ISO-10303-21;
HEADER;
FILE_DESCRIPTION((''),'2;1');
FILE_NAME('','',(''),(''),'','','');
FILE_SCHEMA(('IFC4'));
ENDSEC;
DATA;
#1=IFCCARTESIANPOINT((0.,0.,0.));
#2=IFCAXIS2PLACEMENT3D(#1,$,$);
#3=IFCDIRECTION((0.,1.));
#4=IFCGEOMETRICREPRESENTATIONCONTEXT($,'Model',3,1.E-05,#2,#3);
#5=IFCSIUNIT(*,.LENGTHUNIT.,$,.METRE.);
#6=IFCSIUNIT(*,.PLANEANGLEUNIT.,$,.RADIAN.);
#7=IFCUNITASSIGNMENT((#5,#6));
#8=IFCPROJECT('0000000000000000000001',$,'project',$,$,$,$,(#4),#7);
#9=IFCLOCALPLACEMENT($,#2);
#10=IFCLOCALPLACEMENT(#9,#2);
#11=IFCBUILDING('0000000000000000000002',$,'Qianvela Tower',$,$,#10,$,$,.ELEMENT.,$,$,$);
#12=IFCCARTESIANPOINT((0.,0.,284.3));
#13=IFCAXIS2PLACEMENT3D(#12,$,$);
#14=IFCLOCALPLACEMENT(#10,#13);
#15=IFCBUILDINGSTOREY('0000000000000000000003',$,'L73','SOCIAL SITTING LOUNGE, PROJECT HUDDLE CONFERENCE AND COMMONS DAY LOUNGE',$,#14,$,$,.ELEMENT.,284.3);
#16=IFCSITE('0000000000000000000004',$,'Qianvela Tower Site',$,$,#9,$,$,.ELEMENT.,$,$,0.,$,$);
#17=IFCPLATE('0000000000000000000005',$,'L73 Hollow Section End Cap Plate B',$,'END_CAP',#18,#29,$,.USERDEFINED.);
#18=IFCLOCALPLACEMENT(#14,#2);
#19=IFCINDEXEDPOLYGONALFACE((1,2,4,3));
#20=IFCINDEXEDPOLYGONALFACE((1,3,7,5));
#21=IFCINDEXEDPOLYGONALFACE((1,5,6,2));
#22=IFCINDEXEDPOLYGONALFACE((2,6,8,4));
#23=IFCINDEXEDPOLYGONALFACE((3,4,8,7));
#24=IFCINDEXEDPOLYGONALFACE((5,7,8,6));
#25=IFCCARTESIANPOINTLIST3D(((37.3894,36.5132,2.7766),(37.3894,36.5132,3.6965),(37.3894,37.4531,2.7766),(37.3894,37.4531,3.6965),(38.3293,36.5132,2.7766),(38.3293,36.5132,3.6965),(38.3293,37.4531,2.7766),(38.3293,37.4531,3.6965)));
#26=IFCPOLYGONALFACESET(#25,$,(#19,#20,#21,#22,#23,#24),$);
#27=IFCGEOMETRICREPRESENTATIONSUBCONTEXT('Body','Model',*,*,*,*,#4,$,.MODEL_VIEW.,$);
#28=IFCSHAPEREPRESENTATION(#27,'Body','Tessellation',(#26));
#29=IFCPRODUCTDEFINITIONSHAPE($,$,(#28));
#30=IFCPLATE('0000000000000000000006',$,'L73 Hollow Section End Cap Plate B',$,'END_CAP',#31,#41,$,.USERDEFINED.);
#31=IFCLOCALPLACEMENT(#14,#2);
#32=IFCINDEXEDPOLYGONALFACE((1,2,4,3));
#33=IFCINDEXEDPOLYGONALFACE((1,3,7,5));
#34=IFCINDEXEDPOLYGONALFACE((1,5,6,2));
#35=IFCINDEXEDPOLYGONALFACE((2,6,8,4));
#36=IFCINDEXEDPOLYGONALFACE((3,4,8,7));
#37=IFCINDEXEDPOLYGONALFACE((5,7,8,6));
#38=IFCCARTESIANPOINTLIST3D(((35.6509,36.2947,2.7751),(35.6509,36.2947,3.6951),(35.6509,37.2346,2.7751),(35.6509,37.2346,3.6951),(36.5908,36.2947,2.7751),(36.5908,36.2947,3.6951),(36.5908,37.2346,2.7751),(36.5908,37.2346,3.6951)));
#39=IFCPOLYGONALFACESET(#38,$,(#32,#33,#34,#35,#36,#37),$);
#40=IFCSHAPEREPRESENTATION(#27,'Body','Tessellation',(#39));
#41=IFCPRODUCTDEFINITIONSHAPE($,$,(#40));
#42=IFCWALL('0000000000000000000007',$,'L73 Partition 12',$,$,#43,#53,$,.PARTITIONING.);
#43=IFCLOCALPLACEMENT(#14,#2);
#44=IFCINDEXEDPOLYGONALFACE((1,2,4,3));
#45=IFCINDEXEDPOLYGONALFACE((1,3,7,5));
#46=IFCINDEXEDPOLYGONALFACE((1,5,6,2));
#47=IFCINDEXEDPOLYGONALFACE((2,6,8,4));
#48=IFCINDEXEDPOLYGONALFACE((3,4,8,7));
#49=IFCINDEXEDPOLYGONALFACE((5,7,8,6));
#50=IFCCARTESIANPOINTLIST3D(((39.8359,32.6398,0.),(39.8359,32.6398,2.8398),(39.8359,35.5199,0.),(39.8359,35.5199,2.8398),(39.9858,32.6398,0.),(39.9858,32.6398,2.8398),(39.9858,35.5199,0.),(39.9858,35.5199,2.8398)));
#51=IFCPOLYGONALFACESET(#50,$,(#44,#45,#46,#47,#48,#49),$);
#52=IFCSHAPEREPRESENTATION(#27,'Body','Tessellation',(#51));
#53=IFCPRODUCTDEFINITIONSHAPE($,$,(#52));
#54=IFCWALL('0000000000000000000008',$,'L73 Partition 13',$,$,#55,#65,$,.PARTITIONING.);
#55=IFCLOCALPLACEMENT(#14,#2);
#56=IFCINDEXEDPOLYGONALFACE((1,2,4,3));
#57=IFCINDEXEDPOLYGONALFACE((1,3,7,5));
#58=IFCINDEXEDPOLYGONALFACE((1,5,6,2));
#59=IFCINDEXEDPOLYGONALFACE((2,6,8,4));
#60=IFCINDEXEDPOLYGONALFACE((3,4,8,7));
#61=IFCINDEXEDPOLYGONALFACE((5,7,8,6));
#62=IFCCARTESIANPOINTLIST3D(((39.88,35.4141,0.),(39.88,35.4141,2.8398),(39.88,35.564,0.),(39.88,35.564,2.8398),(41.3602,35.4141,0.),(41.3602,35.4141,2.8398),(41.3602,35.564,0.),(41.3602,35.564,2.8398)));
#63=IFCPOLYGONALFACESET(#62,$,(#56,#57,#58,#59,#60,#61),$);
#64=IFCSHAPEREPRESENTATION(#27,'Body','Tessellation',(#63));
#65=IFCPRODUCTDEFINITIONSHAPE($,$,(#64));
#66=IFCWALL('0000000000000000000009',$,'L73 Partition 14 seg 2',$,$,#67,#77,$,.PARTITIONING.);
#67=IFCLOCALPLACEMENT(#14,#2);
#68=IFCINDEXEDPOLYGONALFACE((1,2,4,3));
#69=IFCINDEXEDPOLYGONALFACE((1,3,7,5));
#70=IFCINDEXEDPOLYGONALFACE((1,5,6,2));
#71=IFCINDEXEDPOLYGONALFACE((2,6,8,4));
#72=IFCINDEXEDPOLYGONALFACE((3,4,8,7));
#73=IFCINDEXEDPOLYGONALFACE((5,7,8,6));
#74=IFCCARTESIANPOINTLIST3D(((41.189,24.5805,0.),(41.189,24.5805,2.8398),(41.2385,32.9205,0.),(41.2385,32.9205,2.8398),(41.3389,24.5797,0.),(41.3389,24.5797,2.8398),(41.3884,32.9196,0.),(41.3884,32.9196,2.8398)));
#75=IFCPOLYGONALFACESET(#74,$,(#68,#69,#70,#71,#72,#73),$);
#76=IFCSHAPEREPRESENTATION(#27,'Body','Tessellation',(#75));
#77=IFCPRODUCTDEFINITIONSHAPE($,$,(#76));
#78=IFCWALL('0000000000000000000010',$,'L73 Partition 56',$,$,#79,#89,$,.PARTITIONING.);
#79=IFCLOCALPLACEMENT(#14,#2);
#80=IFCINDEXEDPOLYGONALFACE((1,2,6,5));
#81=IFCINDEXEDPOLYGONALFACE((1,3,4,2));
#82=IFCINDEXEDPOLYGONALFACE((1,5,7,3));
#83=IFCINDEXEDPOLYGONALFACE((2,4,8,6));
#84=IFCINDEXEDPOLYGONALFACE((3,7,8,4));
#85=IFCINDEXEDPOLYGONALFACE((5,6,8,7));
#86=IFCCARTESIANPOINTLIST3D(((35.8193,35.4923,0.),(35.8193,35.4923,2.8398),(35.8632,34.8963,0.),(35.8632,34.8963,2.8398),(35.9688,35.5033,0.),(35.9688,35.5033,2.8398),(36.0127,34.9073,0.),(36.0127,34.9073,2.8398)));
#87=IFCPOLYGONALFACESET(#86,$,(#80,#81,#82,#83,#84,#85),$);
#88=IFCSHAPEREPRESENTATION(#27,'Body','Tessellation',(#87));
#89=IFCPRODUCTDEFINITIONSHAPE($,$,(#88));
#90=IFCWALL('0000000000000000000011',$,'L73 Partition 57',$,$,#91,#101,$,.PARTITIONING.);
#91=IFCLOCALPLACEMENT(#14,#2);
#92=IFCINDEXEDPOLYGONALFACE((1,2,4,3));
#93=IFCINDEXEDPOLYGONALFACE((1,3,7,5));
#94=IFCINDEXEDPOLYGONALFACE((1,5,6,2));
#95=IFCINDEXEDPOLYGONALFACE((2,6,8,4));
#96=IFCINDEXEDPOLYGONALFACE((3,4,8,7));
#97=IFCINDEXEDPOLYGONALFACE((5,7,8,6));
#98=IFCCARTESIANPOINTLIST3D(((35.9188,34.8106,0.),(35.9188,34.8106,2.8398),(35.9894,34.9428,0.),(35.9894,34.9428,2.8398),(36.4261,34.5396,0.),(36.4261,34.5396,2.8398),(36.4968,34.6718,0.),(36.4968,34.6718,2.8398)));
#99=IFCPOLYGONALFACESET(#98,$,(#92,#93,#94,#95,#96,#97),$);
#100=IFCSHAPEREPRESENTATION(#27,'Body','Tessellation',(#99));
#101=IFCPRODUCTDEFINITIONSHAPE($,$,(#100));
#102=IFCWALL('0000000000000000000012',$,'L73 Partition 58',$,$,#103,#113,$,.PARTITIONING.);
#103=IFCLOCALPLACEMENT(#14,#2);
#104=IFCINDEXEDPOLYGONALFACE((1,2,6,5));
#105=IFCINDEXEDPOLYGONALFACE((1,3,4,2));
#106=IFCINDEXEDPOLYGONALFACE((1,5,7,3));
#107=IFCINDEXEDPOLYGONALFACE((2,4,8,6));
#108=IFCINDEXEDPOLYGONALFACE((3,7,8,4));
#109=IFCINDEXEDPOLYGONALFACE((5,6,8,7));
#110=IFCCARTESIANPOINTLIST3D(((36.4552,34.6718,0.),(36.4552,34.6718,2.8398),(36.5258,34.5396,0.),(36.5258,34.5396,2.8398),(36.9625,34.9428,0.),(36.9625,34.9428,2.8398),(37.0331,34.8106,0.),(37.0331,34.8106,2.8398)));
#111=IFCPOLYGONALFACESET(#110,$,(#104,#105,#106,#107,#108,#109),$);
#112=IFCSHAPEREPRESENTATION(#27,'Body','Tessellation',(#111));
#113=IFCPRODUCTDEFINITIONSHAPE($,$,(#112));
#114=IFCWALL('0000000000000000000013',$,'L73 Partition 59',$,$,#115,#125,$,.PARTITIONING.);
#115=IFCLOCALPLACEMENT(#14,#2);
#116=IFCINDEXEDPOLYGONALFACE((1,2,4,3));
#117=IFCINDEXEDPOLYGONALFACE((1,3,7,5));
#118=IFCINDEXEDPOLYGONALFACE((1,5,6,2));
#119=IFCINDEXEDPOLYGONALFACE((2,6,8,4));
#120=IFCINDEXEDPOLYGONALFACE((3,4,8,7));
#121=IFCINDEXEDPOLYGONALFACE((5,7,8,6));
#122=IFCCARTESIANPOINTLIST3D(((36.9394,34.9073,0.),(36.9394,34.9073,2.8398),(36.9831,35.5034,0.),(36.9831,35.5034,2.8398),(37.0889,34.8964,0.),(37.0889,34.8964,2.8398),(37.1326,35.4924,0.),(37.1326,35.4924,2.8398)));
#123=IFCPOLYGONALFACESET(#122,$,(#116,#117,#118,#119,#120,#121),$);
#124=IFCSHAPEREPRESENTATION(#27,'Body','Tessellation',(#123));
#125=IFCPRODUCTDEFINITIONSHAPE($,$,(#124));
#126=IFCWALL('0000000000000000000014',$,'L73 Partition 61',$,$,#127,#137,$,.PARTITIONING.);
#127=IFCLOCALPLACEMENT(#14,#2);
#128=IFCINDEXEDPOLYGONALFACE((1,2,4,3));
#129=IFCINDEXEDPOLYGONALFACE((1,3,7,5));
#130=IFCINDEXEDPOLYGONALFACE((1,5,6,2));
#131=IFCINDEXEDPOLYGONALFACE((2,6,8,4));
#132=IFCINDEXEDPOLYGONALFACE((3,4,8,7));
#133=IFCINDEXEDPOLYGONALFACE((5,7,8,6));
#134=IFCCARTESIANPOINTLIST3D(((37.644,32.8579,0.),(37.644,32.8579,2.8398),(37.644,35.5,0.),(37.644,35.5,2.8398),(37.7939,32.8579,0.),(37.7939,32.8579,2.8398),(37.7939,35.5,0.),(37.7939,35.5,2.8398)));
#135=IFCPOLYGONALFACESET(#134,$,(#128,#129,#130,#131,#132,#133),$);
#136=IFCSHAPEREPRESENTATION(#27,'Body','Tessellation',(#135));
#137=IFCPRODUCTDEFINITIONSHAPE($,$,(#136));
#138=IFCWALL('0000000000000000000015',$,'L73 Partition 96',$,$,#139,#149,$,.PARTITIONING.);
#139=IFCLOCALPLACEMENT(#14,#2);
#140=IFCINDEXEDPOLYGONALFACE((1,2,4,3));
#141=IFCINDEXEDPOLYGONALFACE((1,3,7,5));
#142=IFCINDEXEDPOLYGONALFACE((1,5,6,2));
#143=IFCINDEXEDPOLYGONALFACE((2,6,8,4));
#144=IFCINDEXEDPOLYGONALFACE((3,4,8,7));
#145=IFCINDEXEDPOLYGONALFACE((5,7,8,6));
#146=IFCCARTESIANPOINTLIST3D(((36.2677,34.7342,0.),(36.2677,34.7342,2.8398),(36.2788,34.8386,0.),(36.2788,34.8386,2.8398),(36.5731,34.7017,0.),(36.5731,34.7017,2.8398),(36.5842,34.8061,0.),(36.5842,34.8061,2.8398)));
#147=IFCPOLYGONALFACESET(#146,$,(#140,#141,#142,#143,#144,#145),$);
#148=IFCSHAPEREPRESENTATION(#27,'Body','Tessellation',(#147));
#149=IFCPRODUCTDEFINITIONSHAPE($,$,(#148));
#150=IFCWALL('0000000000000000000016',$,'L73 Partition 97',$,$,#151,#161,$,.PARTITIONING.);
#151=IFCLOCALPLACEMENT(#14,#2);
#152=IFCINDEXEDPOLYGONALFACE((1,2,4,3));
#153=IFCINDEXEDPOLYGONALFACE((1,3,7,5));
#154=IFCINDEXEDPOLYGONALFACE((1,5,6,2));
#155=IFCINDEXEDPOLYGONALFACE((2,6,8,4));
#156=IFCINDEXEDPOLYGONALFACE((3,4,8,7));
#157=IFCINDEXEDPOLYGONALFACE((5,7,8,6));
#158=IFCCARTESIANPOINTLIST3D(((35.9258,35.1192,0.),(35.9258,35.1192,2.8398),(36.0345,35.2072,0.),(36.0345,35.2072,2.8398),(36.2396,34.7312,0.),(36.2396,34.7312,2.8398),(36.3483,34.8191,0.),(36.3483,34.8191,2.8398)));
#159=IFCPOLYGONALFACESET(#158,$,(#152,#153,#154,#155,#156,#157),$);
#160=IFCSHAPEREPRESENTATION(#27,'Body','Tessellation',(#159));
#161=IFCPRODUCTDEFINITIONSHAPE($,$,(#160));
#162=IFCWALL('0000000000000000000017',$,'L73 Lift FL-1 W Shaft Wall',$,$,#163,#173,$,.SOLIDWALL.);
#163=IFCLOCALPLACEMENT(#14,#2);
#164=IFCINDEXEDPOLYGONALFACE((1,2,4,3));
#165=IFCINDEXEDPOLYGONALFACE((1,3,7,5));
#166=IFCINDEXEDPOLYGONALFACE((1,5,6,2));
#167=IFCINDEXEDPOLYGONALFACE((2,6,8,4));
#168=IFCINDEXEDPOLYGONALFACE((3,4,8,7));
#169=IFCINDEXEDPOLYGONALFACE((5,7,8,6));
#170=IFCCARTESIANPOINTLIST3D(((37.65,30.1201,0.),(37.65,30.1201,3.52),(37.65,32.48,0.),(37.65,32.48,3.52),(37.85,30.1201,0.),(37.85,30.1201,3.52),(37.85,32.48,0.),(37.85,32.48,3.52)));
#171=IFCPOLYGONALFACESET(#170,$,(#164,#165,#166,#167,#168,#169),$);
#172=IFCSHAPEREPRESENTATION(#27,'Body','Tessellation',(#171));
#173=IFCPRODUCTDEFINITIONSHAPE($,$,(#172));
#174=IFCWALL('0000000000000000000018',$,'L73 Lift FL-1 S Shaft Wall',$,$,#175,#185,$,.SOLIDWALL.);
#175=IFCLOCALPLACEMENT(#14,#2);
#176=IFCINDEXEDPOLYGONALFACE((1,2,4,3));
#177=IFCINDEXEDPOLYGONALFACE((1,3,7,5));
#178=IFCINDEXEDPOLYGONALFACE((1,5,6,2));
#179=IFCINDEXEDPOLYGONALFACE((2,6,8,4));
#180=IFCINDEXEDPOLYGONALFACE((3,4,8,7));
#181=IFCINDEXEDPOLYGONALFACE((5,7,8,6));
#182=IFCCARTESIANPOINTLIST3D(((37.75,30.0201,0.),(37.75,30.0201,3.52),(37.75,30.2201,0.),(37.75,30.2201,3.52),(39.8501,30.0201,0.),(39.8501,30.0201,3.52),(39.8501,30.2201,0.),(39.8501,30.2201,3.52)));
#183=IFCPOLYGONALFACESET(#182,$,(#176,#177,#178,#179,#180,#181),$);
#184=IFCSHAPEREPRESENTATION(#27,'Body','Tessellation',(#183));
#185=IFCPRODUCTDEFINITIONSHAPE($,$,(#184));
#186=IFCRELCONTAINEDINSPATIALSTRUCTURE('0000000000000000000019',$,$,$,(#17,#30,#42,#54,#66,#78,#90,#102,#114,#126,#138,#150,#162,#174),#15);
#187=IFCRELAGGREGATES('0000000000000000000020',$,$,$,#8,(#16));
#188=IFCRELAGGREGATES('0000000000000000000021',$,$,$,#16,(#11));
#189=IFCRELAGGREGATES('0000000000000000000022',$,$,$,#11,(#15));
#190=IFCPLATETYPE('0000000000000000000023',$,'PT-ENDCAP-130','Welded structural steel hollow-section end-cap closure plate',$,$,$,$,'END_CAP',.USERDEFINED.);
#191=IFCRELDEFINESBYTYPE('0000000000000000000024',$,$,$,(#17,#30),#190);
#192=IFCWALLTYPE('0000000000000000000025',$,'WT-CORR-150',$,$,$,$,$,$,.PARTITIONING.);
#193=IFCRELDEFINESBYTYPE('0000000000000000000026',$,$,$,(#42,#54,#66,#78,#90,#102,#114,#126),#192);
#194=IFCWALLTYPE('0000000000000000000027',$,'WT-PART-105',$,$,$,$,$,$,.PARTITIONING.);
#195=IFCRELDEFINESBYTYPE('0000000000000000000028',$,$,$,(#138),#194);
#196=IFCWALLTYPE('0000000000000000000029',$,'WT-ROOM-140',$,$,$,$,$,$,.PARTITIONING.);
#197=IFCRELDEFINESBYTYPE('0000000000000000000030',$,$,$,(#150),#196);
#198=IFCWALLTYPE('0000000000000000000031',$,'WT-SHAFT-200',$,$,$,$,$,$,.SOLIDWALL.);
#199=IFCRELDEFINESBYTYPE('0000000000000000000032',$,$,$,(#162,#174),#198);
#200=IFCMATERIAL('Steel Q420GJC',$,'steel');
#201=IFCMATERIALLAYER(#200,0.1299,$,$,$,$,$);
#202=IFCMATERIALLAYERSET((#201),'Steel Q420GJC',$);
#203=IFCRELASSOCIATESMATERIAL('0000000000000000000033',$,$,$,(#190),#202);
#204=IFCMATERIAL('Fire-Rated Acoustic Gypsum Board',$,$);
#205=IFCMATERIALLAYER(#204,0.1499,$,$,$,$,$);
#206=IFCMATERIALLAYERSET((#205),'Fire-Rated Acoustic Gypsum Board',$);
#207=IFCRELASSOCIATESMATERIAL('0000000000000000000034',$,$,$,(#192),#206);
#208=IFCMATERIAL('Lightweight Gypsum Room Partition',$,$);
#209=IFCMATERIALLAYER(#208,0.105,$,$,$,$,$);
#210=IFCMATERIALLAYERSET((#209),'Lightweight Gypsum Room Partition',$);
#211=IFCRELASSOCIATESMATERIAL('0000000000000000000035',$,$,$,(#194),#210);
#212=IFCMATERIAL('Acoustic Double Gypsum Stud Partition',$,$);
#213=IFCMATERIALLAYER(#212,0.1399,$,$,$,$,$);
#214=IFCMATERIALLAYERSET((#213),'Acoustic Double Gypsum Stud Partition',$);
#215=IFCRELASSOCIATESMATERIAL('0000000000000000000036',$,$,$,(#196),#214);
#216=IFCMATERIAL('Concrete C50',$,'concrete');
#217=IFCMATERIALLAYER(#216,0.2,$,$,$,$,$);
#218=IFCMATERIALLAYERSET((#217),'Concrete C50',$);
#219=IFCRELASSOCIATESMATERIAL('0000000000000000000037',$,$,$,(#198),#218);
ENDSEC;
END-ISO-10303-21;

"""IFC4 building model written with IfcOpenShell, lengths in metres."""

from ifc_helpers import new_model, si_unit, direction, frame, frame_2d, origin, origin_2d, place, context, subcontext, project, spatial, rectangle, extrude, material, layer, layer_set, type_object, element, save


model = new_model("IFC4")

# Units and contexts
model_context = context("Model", 3, precision=1e-05, world=origin(), true_north=direction((0.0, 1.0)))
body_context = subcontext(model_context, "Body", "Model", "MODEL_VIEW")
ifc_project = project(units=[si_unit("LENGTHUNIT", "METRE"), si_unit("PLANEANGLEUNIT", "RADIAN")], contexts=[model_context])

# Site, building, storey
site_placement = place(None, origin())
site = spatial("IfcSite", under=ifc_project, at=site_placement, Name="Qianvela Tower Site", CompositionType="ELEMENT", RefElevation=0.0)
building_placement = place(site_placement, origin())
building = spatial("IfcBuilding", under=site, at=building_placement, Name="Qianvela Tower", CompositionType="ELEMENT")
storey_placement = place(building_placement, frame((0.0, 0.0, 284.3)))
storey = spatial("IfcBuildingStorey", under=building, at=storey_placement, Name="L73", Description="SOCIAL SITTING LOUNGE, PROJECT HUDDLE CONFERENCE AND COMMONS DAY LOUNGE", CompositionType="ELEMENT", Elevation=284.3)

# Plates
ifc_material_1 = material(Name="Steel Q420GJC", Category="steel")
ifc_layer_1 = layer(ifc_material_1, 0.1299)
ifc_layer_set_1 = layer_set([ifc_layer_1], Name="Steel Q420GJC")
plate_type_1 = type_object("IfcPlateType", Name="PT-ENDCAP-130", Description="Welded structural steel hollow-section end-cap closure plate", ElementType="END_CAP", PredefinedType="USERDEFINED", material=ifc_layer_set_1)
for number, where, z_axis, x_axis, name in (
    (1, (37.8594, 36.9832, 2.7766), (0.0, 0.0, 1.0), (1.0, 0.0, 0.0), "L73 Hollow Section End Cap Plate B"),
    (2, (36.1208, 36.7646, 2.7751), (0.0, 0.0, 1.0), (1.0, 0.0, 0.0), "L73 Hollow Section End Cap Plate B"),
):
    element("IfcPlate", number, at=place(storey_placement, frame(where, z_axis=z_axis, x_axis=x_axis)), inside=storey, type_object=plate_type_1, Name=name, ObjectType="END_CAP", PredefinedType="USERDEFINED", context=body_context, shape_type="SweptSolid", body=[
        extrude(rectangle(XDim=0.9399, YDim=0.9399, at=origin_2d()), origin(), (0.0, 0.0, 1.0), 0.9199),
    ])

# Walls
ifc_material_2 = material(Name="Fire-Rated Acoustic Gypsum Board")
ifc_layer_2 = layer(ifc_material_2, 0.1499)
ifc_layer_set_2 = layer_set([ifc_layer_2], Name="Fire-Rated Acoustic Gypsum Board")
wall_type_1 = type_object("IfcWallType", Name="WT-CORR-150", PredefinedType="PARTITIONING", material=ifc_layer_set_2)
wall_1_placement = place(storey_placement, frame((39.9109, 32.6399, 0.0), z_axis=(0.0, 0.0, 1.0), x_axis=(0.0, 1.0, 0.0)))
element("IfcWall", 3, at=wall_1_placement, inside=storey, type_object=wall_type_1, Name="L73 Partition 12", PredefinedType="PARTITIONING", context=body_context, shape_type="SweptSolid", body=[
    extrude(rectangle(XDim=2.8801, YDim=0.1499, at=frame_2d((1.4399, 0.0))), origin(), (0.0, 0.0, 1.0), 2.8398),
])
wall_2_placement = place(storey_placement, frame((39.8799, 35.489, 0.0), z_axis=(0.0, 0.0, 1.0), x_axis=(1.0, 0.0, 0.0)))
element("IfcWall", 4, at=wall_2_placement, inside=storey, type_object=wall_type_1, Name="L73 Partition 13", PredefinedType="PARTITIONING", context=body_context, shape_type="SweptSolid", body=[
    extrude(rectangle(XDim=1.4802, YDim=0.1499, at=frame_2d((0.7402, 0.0))), origin(), (0.0, 0.0, 1.0), 2.8398),
])
wall_3_placement = place(storey_placement, frame((41.3135, 32.9199, 0.0), z_axis=(0.0, 0.0, 1.0), x_axis=(-0.005943, -0.999982, 0.0)))
element("IfcWall", 5, at=wall_3_placement, inside=storey, type_object=wall_type_1, Name="L73 Partition 14 seg 2", PredefinedType="PARTITIONING", context=body_context, shape_type="SweptSolid", body=[
    extrude(rectangle(XDim=8.3401, YDim=0.1499, at=frame_2d((4.1699, 0.0))), origin(), (0.0, 0.0, 1.0), 2.8398),
])
wall_4_placement = place(storey_placement, frame((35.894, 35.4978, 0.0), z_axis=(0.0, 0.0, 1.0), x_axis=(0.073541, -0.997292, 0.0)))
element("IfcWall", 6, at=wall_4_placement, inside=storey, type_object=wall_type_1, Name="L73 Partition 56", PredefinedType="PARTITIONING", context=body_context, shape_type="SweptSolid", body=[
    extrude(rectangle(XDim=0.5977, YDim=0.1499, at=frame_2d((0.2988, 0.0))), origin(), (0.0, 0.0, 1.0), 2.8398),
])
for number, where, z_axis, x_axis, name in (
    (7, (35.9541, 34.8767, 0.0), (0.0, 0.0, 1.0), (0.882047, -0.471161, 0.0), "L73 Partition 57"),
    (8, (36.4905, 34.6057, 0.0), (0.0, 0.0, 1.0), (0.882047, 0.471161, 0.0), "L73 Partition 58"),
):
    element("IfcWall", number, at=place(storey_placement, frame(where, z_axis=z_axis, x_axis=x_axis)), inside=storey, type_object=wall_type_1, Name=name, PredefinedType="PARTITIONING", context=body_context, shape_type="SweptSolid", body=[
        extrude(rectangle(XDim=0.5752, YDim=0.1499, at=frame_2d((0.2876, 0.0))), origin(), (0.0, 0.0, 1.0), 2.8398),
    ])
wall_5_placement = place(storey_placement, frame((37.0142, 34.9019, 0.0), z_axis=(0.0, 0.0, 1.0), x_axis=(0.073134, 0.997322, 0.0)))
element("IfcWall", 9, at=wall_5_placement, inside=storey, type_object=wall_type_1, Name="L73 Partition 59", PredefinedType="PARTITIONING", context=body_context, shape_type="SweptSolid", body=[
    extrude(rectangle(XDim=0.5977, YDim=0.1499, at=frame_2d((0.2988, 0.0))), origin(), (0.0, 0.0, 1.0), 2.8398),
])
wall_6_placement = place(storey_placement, frame((37.719, 35.5, 0.0), z_axis=(0.0, 0.0, 1.0), x_axis=(0.0, -1.0, 0.0)))
element("IfcWall", 10, at=wall_6_placement, inside=storey, type_object=wall_type_1, Name="L73 Partition 61", PredefinedType="PARTITIONING", context=body_context, shape_type="SweptSolid", body=[
    extrude(rectangle(XDim=2.6421, YDim=0.1499, at=frame_2d((1.321, 0.0))), origin(), (0.0, 0.0, 1.0), 2.8398),
])
ifc_material_3 = material(Name="Lightweight Gypsum Room Partition")
ifc_layer_3 = layer(ifc_material_3, 0.105)
ifc_layer_set_3 = layer_set([ifc_layer_3], Name="Lightweight Gypsum Room Partition")
wall_type_2 = type_object("IfcWallType", Name="WT-PART-105", PredefinedType="PARTITIONING", material=ifc_layer_set_3)
wall_7_placement = place(storey_placement, frame((36.5786, 34.7539, 0.0), z_axis=(0.0, 0.0, 1.0), x_axis=(-0.994396, 0.105719, 0.0)))
element("IfcWall", 11, at=wall_7_placement, inside=storey, type_object=wall_type_2, Name="L73 Partition 96", PredefinedType="PARTITIONING", context=body_context, shape_type="SweptSolid", body=[
    extrude(rectangle(XDim=0.3071, YDim=0.105, at=frame_2d((0.1536, 0.0))), origin(), (0.0, 0.0, 1.0), 2.8398),
])
ifc_material_4 = material(Name="Acoustic Double Gypsum Stud Partition")
ifc_layer_4 = layer(ifc_material_4, 0.1399)
ifc_layer_set_4 = layer_set([ifc_layer_4], Name="Acoustic Double Gypsum Stud Partition")
wall_type_3 = type_object("IfcWallType", Name="WT-ROOM-140", PredefinedType="PARTITIONING", material=ifc_layer_set_4)
wall_8_placement = place(storey_placement, frame((36.2939, 34.7751, 0.0), z_axis=(0.0, 0.0, 1.0), x_axis=(-0.628804, 0.777564, 0.0)))
element("IfcWall", 12, at=wall_8_placement, inside=storey, type_object=wall_type_3, Name="L73 Partition 97", PredefinedType="PARTITIONING", context=body_context, shape_type="SweptSolid", body=[
    extrude(rectangle(XDim=0.499, YDim=0.1399, at=frame_2d((0.2495, 0.0))), origin(), (0.0, 0.0, 1.0), 2.8398),
])

# Shared definitions
ifc_material_5 = material(Name="Concrete C50", Category="concrete")
ifc_layer_5 = layer(ifc_material_5, 0.2)
ifc_layer_set_5 = layer_set([ifc_layer_5], Name="Concrete C50")
wall_type_4 = type_object("IfcWallType", Name="WT-SHAFT-200", PredefinedType="SOLIDWALL", material=ifc_layer_set_5)

# Walls
wall_9_placement = place(storey_placement, frame((37.75, 30.1201, 0.0), z_axis=(0.0, 0.0, 1.0), x_axis=(0.0, 1.0, 0.0)))
element("IfcWall", 13, at=wall_9_placement, inside=storey, type_object=wall_type_4, Name="L73 Lift FL-1 W Shaft Wall", PredefinedType="SOLIDWALL", context=body_context, shape_type="SweptSolid", body=[
    extrude(rectangle(XDim=2.3599, YDim=0.2, at=frame_2d((1.1799, 0.0))), origin(), (0.0, 0.0, 1.0), 3.52),
])
wall_10_placement = place(storey_placement, frame((37.75, 30.1201, 0.0), z_axis=(0.0, 0.0, 1.0), x_axis=(1.0, 0.0, 0.0)))
element("IfcWall", 14, at=wall_10_placement, inside=storey, type_object=wall_type_4, Name="L73 Lift FL-1 S Shaft Wall", PredefinedType="SOLIDWALL", context=body_context, shape_type="SweptSolid", body=[
    extrude(rectangle(XDim=2.1001, YDim=0.2, at=frame_2d((1.05, 0.0))), origin(), (0.0, 0.0, 1.0), 3.52),
])

save(model, "model.ifc")
